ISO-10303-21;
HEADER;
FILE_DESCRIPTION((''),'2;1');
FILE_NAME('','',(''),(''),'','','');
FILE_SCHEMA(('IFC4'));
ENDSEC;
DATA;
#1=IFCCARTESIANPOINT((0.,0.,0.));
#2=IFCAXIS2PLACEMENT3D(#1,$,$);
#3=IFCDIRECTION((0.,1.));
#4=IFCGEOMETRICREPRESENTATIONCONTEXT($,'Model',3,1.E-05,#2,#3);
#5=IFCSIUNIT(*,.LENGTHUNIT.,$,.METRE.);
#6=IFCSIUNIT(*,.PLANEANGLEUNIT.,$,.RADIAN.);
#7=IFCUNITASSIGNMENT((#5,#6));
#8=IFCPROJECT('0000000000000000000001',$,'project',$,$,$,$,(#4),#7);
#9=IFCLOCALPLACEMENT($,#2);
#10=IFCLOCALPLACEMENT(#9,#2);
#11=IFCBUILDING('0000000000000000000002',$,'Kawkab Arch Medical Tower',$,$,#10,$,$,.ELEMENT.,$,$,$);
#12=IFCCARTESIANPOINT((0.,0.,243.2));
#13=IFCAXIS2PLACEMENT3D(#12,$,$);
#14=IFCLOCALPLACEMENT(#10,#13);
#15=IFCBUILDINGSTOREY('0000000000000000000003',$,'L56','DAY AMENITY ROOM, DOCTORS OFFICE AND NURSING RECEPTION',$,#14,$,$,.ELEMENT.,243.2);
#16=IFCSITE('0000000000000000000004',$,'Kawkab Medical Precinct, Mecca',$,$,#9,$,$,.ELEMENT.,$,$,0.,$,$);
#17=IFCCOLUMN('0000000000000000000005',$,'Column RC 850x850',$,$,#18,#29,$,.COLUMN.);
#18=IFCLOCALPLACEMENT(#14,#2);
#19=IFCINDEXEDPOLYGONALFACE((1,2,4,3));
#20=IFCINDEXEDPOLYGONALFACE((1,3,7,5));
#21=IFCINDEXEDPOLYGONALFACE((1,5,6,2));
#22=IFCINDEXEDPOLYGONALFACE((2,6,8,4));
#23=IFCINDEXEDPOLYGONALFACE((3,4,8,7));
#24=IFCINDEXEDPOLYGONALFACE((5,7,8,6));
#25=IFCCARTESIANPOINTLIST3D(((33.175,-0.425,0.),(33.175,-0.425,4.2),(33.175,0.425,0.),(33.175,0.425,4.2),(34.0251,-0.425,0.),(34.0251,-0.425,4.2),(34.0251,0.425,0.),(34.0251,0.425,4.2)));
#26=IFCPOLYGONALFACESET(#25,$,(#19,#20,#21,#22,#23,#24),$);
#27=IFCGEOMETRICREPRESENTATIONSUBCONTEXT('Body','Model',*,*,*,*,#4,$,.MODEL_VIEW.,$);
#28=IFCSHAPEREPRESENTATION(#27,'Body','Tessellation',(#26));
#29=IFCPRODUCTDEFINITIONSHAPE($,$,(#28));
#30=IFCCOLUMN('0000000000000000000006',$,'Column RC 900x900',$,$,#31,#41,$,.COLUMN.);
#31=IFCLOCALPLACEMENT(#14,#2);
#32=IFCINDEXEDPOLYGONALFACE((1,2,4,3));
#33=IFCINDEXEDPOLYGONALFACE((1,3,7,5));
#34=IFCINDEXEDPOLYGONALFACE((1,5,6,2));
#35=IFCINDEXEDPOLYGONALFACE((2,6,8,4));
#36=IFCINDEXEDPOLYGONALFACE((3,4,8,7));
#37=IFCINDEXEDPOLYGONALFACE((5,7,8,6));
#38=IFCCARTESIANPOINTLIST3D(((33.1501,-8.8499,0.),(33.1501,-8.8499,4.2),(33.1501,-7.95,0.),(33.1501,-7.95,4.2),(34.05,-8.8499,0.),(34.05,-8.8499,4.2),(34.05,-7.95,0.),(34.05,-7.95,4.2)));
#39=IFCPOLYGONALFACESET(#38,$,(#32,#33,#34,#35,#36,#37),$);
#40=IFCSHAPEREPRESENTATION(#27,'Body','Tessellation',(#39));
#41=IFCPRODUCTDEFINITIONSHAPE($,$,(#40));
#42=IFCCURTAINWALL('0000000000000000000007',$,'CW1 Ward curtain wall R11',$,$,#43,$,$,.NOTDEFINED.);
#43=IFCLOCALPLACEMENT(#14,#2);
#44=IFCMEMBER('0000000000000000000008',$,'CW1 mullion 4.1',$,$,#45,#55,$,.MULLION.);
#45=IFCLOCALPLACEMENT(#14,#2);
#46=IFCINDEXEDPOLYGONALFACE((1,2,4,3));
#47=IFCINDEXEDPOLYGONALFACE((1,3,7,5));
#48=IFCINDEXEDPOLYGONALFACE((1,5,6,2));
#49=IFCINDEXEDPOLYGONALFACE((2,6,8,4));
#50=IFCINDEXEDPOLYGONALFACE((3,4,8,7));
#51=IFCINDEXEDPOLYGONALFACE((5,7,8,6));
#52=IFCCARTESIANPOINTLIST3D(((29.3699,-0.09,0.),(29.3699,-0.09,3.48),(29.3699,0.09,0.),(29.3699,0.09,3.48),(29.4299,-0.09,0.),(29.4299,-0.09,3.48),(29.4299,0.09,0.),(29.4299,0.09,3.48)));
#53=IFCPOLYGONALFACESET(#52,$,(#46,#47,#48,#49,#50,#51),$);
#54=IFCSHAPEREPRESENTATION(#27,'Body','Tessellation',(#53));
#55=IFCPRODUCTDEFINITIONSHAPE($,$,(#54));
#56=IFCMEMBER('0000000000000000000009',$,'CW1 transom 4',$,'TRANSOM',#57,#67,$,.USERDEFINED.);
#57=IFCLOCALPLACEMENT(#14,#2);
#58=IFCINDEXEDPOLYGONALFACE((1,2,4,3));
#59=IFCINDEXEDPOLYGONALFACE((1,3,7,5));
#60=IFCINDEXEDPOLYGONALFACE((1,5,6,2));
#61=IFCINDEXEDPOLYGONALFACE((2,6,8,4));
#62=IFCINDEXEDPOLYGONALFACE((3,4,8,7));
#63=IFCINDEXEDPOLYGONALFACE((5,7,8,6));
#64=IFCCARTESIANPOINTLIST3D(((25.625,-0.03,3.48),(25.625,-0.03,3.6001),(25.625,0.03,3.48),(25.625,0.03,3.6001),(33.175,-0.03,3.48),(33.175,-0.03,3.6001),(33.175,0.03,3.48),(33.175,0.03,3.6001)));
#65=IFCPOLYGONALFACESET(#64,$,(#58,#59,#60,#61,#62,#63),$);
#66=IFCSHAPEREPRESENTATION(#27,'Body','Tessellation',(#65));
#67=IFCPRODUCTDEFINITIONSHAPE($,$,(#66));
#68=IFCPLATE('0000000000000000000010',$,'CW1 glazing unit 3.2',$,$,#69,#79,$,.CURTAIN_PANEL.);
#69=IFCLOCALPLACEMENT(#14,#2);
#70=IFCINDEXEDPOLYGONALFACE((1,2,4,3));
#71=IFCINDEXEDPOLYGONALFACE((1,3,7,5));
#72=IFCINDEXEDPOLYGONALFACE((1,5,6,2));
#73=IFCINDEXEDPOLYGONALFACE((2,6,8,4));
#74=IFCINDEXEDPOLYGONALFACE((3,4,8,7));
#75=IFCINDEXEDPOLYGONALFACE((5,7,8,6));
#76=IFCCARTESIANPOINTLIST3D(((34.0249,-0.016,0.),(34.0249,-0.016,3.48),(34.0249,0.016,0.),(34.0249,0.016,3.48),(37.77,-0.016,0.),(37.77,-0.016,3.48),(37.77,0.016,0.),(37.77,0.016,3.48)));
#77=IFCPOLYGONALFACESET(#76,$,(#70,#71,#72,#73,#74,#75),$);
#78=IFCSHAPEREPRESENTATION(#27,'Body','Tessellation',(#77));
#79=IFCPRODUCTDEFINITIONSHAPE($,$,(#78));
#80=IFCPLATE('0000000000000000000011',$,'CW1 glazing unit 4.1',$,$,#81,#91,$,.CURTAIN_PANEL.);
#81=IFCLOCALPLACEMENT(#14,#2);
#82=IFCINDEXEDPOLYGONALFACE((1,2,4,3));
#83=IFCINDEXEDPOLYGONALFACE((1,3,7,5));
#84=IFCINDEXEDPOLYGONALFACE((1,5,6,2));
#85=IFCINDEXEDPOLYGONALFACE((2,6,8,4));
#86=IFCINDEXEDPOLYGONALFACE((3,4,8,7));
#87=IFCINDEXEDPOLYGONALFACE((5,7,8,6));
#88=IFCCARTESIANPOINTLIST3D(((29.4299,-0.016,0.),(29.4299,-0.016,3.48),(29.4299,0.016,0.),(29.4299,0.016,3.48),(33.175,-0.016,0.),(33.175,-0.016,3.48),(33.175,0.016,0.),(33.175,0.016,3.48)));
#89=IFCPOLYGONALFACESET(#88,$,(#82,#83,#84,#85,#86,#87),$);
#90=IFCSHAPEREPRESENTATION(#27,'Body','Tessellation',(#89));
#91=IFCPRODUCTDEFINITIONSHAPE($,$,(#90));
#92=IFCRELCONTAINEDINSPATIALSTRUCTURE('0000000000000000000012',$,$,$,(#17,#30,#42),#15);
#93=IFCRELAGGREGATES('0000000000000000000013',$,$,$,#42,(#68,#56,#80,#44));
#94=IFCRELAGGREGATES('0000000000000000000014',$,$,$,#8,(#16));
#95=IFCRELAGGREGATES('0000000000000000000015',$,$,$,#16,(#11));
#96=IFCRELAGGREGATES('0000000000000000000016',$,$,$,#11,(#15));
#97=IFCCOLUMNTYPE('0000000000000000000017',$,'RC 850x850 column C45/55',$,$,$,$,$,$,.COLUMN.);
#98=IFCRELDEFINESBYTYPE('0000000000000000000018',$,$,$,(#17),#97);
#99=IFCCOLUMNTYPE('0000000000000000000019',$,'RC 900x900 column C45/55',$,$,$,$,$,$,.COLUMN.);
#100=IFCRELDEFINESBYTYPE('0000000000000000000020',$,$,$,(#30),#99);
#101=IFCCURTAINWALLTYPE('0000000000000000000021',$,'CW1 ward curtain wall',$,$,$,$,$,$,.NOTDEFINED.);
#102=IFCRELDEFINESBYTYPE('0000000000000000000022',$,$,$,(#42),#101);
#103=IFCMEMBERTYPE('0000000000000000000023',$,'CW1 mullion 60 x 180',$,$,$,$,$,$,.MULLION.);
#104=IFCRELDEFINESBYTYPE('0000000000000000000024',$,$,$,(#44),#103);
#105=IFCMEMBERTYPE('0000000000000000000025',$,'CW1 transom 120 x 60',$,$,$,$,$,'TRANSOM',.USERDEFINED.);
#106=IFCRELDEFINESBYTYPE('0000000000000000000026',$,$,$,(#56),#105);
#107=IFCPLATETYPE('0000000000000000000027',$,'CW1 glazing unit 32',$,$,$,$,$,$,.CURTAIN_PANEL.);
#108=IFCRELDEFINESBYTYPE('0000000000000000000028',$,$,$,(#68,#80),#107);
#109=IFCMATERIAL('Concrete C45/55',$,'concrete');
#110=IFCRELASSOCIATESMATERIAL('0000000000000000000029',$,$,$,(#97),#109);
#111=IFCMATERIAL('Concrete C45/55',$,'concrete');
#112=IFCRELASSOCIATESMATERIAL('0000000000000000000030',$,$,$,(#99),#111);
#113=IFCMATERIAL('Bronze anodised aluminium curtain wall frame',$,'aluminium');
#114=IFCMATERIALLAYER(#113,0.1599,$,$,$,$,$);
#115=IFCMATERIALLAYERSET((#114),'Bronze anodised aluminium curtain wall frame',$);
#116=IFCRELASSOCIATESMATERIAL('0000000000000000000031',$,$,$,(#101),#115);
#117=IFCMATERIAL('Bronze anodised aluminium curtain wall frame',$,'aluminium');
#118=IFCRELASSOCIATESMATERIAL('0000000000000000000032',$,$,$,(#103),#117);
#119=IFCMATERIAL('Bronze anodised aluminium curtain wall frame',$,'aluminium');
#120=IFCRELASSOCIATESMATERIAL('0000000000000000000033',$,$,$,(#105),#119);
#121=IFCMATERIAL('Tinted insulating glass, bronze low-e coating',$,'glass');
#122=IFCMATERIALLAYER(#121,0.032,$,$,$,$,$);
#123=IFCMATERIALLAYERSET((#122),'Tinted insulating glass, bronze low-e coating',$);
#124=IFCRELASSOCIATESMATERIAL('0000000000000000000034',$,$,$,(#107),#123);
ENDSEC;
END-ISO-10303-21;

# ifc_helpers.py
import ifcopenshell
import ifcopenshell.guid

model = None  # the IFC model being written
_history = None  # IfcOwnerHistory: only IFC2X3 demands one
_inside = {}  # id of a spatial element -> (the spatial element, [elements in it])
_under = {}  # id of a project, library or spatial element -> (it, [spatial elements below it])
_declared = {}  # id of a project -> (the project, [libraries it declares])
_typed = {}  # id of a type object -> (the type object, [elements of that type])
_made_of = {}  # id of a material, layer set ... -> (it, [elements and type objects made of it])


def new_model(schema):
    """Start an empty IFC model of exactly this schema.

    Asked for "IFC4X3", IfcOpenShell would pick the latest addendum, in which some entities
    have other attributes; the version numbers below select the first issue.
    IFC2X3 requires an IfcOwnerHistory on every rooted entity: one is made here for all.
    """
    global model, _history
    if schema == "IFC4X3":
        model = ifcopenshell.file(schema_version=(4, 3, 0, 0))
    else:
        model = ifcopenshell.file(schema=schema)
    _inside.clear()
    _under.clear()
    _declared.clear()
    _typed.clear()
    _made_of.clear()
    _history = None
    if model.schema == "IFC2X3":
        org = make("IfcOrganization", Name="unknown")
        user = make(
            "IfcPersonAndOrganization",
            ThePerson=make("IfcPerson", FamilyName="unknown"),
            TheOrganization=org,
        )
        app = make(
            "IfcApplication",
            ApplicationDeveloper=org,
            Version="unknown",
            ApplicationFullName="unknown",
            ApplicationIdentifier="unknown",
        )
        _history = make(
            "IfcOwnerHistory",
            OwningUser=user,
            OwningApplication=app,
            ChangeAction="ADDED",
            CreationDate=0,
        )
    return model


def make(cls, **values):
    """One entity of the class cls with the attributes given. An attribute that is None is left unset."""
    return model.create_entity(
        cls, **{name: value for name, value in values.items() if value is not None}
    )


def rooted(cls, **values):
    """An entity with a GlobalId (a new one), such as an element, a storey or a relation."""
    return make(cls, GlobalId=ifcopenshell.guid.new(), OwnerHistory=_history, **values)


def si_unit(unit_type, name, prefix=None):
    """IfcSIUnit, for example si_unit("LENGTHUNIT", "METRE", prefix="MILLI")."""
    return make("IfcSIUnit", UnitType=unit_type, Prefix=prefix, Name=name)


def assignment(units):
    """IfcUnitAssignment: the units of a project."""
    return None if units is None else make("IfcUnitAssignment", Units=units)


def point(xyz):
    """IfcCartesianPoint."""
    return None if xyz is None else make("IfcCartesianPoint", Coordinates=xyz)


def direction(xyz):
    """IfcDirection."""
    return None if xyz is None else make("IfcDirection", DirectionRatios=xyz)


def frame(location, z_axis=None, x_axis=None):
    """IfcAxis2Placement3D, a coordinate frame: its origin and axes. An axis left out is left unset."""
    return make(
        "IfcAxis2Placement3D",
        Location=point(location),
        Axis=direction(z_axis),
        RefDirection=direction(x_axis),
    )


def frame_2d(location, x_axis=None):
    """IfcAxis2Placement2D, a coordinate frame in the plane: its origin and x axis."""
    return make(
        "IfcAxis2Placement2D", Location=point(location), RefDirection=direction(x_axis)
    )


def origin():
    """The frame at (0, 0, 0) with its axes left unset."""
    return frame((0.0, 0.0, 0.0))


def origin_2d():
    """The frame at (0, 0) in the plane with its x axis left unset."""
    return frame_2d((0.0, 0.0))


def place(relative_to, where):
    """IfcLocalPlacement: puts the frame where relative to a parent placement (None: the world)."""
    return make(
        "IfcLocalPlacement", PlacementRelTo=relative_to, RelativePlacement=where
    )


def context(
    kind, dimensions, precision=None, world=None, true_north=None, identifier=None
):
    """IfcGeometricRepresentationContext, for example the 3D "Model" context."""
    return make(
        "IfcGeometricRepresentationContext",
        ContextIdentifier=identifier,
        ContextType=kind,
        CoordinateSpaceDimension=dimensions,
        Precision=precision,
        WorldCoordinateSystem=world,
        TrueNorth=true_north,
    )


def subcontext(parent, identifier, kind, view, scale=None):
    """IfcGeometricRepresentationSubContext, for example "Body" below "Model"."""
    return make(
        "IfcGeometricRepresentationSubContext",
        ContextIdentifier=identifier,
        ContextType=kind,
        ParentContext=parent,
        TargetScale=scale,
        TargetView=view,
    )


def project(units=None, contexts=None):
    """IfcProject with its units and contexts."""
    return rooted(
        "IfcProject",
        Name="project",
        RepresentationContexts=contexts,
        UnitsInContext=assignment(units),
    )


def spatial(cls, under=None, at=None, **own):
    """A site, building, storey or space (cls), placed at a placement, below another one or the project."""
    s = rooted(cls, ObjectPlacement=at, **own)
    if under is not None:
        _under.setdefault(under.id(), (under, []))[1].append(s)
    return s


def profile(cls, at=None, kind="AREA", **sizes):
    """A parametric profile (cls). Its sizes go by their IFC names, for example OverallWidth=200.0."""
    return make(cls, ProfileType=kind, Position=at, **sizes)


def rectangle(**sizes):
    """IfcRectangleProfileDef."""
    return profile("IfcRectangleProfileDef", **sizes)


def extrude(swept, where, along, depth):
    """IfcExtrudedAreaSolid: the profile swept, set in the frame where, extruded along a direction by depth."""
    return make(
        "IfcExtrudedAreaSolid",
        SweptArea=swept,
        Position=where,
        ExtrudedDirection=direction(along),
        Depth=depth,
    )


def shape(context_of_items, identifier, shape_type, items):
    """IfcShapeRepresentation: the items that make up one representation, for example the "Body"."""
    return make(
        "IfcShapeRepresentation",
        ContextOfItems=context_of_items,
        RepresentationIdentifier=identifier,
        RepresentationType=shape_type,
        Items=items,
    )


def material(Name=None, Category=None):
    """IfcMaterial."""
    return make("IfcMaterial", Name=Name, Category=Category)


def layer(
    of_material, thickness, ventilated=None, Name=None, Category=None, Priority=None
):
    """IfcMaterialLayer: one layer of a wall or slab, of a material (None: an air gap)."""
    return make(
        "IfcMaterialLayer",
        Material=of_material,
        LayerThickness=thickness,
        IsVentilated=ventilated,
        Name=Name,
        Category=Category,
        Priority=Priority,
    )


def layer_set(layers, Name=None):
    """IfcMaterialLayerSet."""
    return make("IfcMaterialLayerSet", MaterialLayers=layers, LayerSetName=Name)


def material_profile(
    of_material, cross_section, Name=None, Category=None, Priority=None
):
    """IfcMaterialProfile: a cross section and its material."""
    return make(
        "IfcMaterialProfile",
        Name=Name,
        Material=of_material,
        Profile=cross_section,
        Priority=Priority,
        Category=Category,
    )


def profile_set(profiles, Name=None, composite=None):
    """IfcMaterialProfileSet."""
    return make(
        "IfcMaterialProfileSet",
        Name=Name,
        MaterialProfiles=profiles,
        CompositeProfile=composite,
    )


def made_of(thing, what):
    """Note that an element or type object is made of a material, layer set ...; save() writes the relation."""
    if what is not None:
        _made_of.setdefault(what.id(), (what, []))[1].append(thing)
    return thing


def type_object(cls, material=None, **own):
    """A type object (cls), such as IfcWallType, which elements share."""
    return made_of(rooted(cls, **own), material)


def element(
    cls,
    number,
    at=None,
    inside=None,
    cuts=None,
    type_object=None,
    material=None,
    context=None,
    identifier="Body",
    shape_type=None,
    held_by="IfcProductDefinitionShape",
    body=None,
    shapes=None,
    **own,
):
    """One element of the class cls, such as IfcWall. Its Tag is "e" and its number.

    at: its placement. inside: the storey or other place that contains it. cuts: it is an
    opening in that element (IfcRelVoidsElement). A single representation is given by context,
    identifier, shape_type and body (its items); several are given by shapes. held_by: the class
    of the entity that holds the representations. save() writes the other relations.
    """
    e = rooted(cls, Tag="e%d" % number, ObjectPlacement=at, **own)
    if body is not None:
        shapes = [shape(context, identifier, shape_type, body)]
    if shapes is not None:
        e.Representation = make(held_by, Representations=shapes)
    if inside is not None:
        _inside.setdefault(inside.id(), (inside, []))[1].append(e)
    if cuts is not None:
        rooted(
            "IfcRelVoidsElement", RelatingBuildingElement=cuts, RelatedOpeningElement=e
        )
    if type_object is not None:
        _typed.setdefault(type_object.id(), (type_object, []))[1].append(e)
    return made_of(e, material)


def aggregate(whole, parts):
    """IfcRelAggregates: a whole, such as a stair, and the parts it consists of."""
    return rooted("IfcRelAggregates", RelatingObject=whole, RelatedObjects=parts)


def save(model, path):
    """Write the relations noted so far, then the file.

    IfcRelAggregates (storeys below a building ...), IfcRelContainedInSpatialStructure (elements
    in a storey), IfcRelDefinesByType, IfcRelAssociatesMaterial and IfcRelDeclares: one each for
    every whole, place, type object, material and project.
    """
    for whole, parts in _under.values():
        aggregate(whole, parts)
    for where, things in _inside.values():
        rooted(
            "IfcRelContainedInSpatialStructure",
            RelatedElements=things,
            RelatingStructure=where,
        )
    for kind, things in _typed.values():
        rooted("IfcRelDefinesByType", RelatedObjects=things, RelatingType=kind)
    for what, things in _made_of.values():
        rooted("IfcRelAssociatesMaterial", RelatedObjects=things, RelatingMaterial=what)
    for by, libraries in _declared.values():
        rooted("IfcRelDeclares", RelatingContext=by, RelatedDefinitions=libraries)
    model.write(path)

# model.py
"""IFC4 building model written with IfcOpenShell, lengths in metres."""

from ifc_helpers import new_model, si_unit, direction, frame, origin, origin_2d, place, context, subcontext, project, spatial, rectangle, extrude, material, layer, layer_set, material_profile, profile_set, type_object, element, aggregate, save


model = new_model("IFC4")

# Units and contexts
model_context = context("Model", 3, precision=1e-05, world=origin(), true_north=direction((0.0, 1.0)))
body_context = subcontext(model_context, "Body", "Model", "MODEL_VIEW")
ifc_project = project(units=[si_unit("LENGTHUNIT", "METRE"), si_unit("PLANEANGLEUNIT", "RADIAN")], contexts=[model_context])

# Site, building, storey
site_placement = place(None, origin())
site = spatial("IfcSite", under=ifc_project, at=site_placement, Name="Kawkab Medical Precinct, Mecca", CompositionType="ELEMENT", RefElevation=0.0)
building_placement = place(site_placement, origin())
building = spatial("IfcBuilding", under=site, at=building_placement, Name="Kawkab Arch Medical Tower", CompositionType="ELEMENT")
storey_placement = place(building_placement, frame((0.0, 0.0, 243.2)))
storey = spatial("IfcBuildingStorey", under=building, at=storey_placement, Name="L56", Description="DAY AMENITY ROOM, DOCTORS OFFICE AND NURSING RECEPTION", CompositionType="ELEMENT", Elevation=243.2)

# Columns
ifc_material_1 = material(Name="Concrete C45/55", Category="concrete")
ifc_material_profile_1 = material_profile(ifc_material_1, rectangle(XDim=0.8501, YDim=0.8501, at=origin_2d()), Name="RC 850x850")
ifc_profile_set_1 = profile_set([ifc_material_profile_1], Name="Concrete C45/55")
column_type_1 = type_object("IfcColumnType", Name="RC 850x850 column C45/55", PredefinedType="COLUMN", material=ifc_profile_set_1)
column_1_placement = place(storey_placement, frame((33.6001, 0.0, 0.0), z_axis=(0.0, 0.0, 1.0), x_axis=(1.0, 0.0, 0.0)))
element("IfcColumn", 1, at=column_1_placement, inside=storey, type_object=column_type_1, Name="Column RC 850x850", PredefinedType="COLUMN", context=body_context, shape_type="SweptSolid", body=[
    extrude(rectangle(XDim=0.8501, YDim=0.8501, at=origin_2d()), origin(), (0.0, 0.0, 1.0), 4.2),
])
ifc_material_2 = material(Name="Concrete C45/55", Category="concrete")
ifc_material_profile_2 = material_profile(ifc_material_2, rectangle(XDim=0.8999, YDim=0.8999, at=origin_2d()), Name="RC 900x900")
ifc_profile_set_2 = profile_set([ifc_material_profile_2], Name="Concrete C45/55")
column_type_2 = type_object("IfcColumnType", Name="RC 900x900 column C45/55", PredefinedType="COLUMN", material=ifc_profile_set_2)
column_2_placement = place(storey_placement, frame((33.6001, -8.3999, 0.0), z_axis=(0.0, 0.0, 1.0), x_axis=(1.0, 0.0, 0.0)))
element("IfcColumn", 2, at=column_2_placement, inside=storey, type_object=column_type_2, Name="Column RC 900x900", PredefinedType="COLUMN", context=body_context, shape_type="SweptSolid", body=[
    extrude(rectangle(XDim=0.8999, YDim=0.8999, at=origin_2d()), origin(), (0.0, 0.0, 1.0), 4.2),
])

# Curtain wall, members, plates
ifc_material_3 = material(Name="Bronze anodised aluminium curtain wall frame", Category="aluminium")
ifc_layer_1 = layer(ifc_material_3, 0.1599)
ifc_layer_set_1 = layer_set([ifc_layer_1], Name="Bronze anodised aluminium curtain wall frame")
curtain_wall_type = type_object("IfcCurtainWallType", Name="CW1 ward curtain wall", PredefinedType="NOTDEFINED", material=ifc_layer_set_1)
curtain_wall_placement = place(storey_placement, origin())
curtain_wall = element("IfcCurtainWall", 3, at=curtain_wall_placement, inside=storey, type_object=curtain_wall_type, Name="CW1 Ward curtain wall R11", PredefinedType="NOTDEFINED")
ifc_material_4 = material(Name="Bronze anodised aluminium curtain wall frame", Category="aluminium")
ifc_material_profile_3 = material_profile(ifc_material_4, rectangle(XDim=0.1799, YDim=0.0601, at=origin_2d()), Name="AL 60x180")
ifc_profile_set_3 = profile_set([ifc_material_profile_3], Name="Bronze anodised aluminium curtain wall frame")
member_type_1 = type_object("IfcMemberType", Name="CW1 mullion 60 x 180", PredefinedType="MULLION", material=ifc_profile_set_3)
member_1_placement = place(storey_placement, frame((29.3999, 0.0, 0.0), z_axis=(0.0, 0.0, 1.0), x_axis=(0.0, -1.0, 0.0)))
member_1 = element("IfcMember", 4, at=member_1_placement, type_object=member_type_1, Name="CW1 mullion 4.1", PredefinedType="MULLION", context=body_context, shape_type="SweptSolid", body=[
    extrude(rectangle(XDim=0.1799, YDim=0.0601, at=origin_2d()), origin(), (0.0, 0.0, 1.0), 3.48),
])
ifc_material_5 = material(Name="Bronze anodised aluminium curtain wall frame", Category="aluminium")
ifc_material_profile_4 = material_profile(ifc_material_5, rectangle(XDim=0.0601, YDim=0.1201, at=origin_2d()), Name="AL 60x120")
ifc_profile_set_4 = profile_set([ifc_material_profile_4], Name="Bronze anodised aluminium curtain wall frame")
member_type_2 = type_object("IfcMemberType", Name="CW1 transom 120 x 60", ElementType="TRANSOM", PredefinedType="USERDEFINED", material=ifc_profile_set_4)
member_2_placement = place(storey_placement, frame((33.175, 0.0, 3.54), z_axis=(-1.0, 0.0, 0.0), x_axis=(0.0, -1.0, 0.0)))
member_2 = element("IfcMember", 5, at=member_2_placement, type_object=member_type_2, Name="CW1 transom 4", ObjectType="TRANSOM", PredefinedType="USERDEFINED", context=body_context, shape_type="SweptSolid", body=[
    extrude(rectangle(XDim=0.0601, YDim=0.1201, at=origin_2d()), origin(), (0.0, 0.0, 1.0), 7.55),
])
ifc_material_6 = material(Name="Tinted insulating glass, bronze low-e coating", Category="glass")
ifc_layer_2 = layer(ifc_material_6, 0.032)
ifc_layer_set_2 = layer_set([ifc_layer_2], Name="Tinted insulating glass, bronze low-e coating")
plate_type = type_object("IfcPlateType", Name="CW1 glazing unit 32", PredefinedType="CURTAIN_PANEL", material=ifc_layer_set_2)
plate_1_placement = place(storey_placement, frame((35.8975, 0.0, 0.0), z_axis=(0.0, 0.0, 1.0), x_axis=(-1.0, 0.0, 0.0)))
plate_1 = element("IfcPlate", 6, at=plate_1_placement, type_object=plate_type, Name="CW1 glazing unit 3.2", PredefinedType="CURTAIN_PANEL", context=body_context, shape_type="SweptSolid", body=[
    extrude(rectangle(XDim=3.7451, YDim=0.032, at=origin_2d()), origin(), (0.0, 0.0, 1.0), 3.48),
])
plate_2_placement = place(storey_placement, frame((31.3025, 0.0, 0.0), z_axis=(0.0, 0.0, 1.0), x_axis=(-1.0, 0.0, 0.0)))
plate_2 = element("IfcPlate", 7, at=plate_2_placement, type_object=plate_type, Name="CW1 glazing unit 4.1", PredefinedType="CURTAIN_PANEL", context=body_context, shape_type="SweptSolid", body=[
    extrude(rectangle(XDim=3.7451, YDim=0.032, at=origin_2d()), origin(), (0.0, 0.0, 1.0), 3.48),
])
aggregate(curtain_wall, [plate_1, member_2, plate_2, member_1])

save(model, "model.ifc")
